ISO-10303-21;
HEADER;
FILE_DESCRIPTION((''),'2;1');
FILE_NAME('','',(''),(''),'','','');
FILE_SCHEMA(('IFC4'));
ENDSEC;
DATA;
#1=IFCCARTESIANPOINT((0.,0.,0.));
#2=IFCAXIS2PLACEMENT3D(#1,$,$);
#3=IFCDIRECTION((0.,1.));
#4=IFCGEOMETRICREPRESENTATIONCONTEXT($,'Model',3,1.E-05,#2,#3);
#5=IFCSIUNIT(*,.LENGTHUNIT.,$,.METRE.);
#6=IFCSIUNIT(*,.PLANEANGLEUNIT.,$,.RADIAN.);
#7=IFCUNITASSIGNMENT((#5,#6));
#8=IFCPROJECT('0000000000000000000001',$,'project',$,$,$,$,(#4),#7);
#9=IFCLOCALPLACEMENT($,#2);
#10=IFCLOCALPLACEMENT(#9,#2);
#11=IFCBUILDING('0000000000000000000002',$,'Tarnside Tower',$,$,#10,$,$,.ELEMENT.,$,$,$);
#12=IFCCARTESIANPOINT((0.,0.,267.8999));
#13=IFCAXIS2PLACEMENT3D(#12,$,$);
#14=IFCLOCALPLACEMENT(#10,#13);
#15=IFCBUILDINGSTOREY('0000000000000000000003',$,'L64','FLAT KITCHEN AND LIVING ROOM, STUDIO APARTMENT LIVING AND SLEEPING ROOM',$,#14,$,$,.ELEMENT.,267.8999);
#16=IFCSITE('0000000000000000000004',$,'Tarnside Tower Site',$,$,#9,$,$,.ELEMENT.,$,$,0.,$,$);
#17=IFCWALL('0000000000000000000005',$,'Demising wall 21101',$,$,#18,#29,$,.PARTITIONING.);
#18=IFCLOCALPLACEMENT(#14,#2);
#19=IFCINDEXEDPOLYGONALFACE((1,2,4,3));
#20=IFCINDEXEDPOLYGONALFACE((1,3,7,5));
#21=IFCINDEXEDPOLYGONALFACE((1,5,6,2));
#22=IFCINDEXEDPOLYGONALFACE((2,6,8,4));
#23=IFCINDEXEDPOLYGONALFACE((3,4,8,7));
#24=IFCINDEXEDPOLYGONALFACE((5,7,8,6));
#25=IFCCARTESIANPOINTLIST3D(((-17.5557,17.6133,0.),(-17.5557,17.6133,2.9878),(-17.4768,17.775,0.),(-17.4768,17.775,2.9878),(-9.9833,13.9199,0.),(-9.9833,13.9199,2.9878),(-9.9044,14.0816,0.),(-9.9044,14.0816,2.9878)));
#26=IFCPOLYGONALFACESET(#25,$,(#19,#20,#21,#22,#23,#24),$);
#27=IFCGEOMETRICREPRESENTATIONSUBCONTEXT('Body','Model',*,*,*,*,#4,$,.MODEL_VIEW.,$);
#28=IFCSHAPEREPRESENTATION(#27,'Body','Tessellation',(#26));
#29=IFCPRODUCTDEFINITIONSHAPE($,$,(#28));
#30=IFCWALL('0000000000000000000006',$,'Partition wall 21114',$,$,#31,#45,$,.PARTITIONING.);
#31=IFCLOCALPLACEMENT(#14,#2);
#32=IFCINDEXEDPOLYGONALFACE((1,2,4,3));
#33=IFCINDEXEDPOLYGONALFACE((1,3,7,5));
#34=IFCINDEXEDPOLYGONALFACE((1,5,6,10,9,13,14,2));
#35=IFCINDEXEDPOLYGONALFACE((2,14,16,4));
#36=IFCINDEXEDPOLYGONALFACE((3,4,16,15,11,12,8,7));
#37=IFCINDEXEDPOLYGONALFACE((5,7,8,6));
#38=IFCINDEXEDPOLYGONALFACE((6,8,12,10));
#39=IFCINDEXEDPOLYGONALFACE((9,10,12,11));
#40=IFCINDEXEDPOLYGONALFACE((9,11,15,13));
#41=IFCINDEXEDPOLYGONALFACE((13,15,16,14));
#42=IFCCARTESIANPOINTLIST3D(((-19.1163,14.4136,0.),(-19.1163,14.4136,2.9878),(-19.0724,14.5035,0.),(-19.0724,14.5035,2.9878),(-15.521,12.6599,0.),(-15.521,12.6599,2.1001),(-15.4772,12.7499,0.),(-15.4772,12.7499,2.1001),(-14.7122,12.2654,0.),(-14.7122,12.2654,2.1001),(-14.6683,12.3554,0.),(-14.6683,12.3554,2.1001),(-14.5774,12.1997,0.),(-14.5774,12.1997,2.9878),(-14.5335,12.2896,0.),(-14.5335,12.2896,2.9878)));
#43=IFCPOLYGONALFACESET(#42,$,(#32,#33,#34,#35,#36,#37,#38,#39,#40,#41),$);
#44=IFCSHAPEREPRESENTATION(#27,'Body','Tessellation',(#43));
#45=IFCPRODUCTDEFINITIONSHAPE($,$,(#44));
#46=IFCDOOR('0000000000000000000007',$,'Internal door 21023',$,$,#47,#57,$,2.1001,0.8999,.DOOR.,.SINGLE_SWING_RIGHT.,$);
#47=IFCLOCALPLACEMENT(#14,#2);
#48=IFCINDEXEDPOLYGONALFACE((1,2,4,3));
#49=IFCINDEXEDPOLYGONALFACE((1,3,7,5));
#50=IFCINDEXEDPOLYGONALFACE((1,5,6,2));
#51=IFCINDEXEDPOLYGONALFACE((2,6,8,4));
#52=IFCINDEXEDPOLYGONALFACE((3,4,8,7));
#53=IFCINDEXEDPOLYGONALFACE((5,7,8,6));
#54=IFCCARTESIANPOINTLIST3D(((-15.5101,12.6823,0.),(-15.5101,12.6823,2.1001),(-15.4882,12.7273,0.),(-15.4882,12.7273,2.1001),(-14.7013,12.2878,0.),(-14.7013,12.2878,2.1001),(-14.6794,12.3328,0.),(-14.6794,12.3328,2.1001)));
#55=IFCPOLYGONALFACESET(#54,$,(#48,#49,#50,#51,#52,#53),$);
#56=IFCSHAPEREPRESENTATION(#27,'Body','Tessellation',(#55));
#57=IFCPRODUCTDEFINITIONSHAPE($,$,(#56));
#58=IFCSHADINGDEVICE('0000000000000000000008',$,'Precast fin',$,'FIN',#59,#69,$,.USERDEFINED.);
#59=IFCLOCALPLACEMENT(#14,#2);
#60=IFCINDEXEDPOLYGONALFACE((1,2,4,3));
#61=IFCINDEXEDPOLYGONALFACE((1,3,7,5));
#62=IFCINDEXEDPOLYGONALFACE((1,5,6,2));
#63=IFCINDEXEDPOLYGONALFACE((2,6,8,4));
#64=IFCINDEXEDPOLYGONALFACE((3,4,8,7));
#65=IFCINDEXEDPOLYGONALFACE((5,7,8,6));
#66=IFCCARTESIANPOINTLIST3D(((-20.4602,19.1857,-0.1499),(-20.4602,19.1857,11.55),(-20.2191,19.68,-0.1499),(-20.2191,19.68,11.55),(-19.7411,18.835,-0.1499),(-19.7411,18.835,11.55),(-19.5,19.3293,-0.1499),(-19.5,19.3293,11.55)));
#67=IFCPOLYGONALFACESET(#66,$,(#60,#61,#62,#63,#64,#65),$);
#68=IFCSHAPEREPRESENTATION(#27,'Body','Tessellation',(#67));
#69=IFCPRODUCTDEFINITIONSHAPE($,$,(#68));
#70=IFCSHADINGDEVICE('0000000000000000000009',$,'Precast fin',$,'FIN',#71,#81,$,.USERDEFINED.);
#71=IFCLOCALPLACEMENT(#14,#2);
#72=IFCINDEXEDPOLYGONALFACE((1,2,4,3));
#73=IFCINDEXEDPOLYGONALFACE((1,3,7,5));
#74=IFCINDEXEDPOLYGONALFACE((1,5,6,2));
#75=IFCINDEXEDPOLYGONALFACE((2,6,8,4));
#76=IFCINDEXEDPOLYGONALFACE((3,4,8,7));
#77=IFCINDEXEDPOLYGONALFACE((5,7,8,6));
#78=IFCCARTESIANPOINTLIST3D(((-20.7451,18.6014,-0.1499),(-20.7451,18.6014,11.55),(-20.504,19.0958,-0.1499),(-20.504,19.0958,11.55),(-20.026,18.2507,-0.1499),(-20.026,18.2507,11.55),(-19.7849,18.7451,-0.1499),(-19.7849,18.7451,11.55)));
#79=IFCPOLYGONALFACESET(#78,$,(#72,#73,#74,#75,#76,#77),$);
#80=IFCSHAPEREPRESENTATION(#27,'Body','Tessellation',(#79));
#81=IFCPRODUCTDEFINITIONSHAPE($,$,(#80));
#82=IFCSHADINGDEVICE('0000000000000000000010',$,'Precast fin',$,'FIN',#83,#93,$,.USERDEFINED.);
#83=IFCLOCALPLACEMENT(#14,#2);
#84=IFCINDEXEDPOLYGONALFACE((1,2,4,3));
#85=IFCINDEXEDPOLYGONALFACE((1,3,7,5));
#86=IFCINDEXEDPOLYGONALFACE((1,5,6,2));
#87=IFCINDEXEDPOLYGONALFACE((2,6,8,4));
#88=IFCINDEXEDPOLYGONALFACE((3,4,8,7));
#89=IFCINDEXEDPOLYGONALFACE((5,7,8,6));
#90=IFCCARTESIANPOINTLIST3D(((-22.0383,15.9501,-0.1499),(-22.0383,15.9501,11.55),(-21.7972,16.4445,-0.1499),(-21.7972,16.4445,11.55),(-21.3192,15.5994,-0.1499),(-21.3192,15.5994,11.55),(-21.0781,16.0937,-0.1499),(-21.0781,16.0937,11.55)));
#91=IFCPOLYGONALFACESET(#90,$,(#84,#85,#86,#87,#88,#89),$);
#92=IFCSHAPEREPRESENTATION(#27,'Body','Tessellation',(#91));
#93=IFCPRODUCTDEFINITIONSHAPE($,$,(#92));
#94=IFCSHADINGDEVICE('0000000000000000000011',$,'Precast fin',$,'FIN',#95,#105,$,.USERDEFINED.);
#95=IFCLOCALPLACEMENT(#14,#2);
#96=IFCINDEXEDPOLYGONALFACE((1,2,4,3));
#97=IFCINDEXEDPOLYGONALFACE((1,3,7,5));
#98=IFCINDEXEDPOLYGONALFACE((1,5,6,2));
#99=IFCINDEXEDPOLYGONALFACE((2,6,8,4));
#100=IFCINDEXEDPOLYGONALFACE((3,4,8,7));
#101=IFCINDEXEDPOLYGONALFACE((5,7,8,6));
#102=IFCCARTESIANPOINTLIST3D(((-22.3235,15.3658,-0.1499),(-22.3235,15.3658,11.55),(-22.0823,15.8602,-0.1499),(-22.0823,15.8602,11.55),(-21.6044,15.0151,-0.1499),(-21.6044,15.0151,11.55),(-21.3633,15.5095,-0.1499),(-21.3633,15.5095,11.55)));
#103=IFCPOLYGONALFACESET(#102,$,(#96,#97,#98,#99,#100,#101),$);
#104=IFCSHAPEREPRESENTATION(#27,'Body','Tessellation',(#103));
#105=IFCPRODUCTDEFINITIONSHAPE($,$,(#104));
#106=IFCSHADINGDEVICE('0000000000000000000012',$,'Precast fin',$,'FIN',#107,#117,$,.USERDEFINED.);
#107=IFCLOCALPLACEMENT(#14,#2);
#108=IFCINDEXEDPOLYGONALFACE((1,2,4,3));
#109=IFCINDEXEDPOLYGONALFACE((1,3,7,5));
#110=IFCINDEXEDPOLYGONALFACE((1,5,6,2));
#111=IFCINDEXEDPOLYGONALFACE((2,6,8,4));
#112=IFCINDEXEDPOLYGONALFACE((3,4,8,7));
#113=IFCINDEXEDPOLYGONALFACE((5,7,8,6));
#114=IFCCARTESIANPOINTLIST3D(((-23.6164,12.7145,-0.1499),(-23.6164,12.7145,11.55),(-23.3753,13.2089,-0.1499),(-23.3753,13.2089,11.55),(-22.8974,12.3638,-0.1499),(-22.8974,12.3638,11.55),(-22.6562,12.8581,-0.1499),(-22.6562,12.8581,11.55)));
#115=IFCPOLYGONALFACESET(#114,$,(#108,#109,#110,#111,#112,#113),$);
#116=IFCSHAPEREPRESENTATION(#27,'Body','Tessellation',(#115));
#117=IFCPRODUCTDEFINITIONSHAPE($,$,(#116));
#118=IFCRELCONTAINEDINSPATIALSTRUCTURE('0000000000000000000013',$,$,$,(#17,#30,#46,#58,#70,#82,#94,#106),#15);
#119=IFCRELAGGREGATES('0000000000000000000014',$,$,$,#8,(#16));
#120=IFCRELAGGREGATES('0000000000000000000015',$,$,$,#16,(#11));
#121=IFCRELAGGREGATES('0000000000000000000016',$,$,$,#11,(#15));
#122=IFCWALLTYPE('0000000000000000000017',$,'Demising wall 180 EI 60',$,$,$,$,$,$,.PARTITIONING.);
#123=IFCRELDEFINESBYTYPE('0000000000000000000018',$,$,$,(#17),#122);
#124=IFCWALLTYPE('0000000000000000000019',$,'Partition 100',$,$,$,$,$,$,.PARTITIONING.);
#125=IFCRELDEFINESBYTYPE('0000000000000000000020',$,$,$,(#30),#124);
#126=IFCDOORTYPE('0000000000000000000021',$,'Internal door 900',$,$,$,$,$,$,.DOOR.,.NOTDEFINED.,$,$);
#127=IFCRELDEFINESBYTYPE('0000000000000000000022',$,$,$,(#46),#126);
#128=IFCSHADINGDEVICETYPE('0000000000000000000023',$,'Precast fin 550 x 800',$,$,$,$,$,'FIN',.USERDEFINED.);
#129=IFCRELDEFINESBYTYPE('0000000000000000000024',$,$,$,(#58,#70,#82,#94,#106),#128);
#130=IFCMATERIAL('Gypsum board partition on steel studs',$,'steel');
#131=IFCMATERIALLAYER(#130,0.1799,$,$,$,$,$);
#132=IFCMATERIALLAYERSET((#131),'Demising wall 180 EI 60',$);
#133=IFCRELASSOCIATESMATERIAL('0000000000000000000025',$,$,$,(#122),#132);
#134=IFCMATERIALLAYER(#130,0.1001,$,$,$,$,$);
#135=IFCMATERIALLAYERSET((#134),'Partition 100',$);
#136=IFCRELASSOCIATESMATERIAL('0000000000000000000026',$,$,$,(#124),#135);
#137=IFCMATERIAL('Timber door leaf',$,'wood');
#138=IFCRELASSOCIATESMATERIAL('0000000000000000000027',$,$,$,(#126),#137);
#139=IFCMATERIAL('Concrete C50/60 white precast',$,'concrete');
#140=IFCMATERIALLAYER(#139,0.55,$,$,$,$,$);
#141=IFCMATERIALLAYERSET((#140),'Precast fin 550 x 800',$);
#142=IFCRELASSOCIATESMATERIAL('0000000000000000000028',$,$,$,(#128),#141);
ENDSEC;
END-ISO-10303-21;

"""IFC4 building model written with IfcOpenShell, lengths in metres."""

from ifc_helpers import new_model, si_unit, direction, frame, frame_2d, origin, place, context, subcontext, project, spatial, polyline, rectangle, outline, extrude, material, layer, layer_set, type_object, element, fill, save


model = new_model("IFC4")

# Units and contexts
model_context = context("Model", 3, precision=1e-05, world=origin(), true_north=direction((0.0, 1.0)))
body_context = subcontext(model_context, "Body", "Model", "MODEL_VIEW")
ifc_project = project(units=[si_unit("LENGTHUNIT", "METRE"), si_unit("PLANEANGLEUNIT", "RADIAN")], contexts=[model_context])

# Site, building, storey
site_placement = place(None, origin())
site = spatial("IfcSite", under=ifc_project, at=site_placement, Name="Tarnside Tower Site", CompositionType="ELEMENT", RefElevation=0.0)
building_placement = place(site_placement, origin())
building = spatial("IfcBuilding", under=site, at=building_placement, Name="Tarnside Tower", CompositionType="ELEMENT")
storey_placement = place(building_placement, frame((0.0, 0.0, 267.8999)))
storey = spatial("IfcBuildingStorey", under=building, at=storey_placement, Name="L64", Description="FLAT KITCHEN AND LIVING ROOM, STUDIO APARTMENT LIVING AND SLEEPING ROOM", CompositionType="ELEMENT", Elevation=267.8999)

# Shared definitions
ifc_material_1 = material(Name="Gypsum board partition on steel studs", Category="steel")
ifc_material_2 = material(Name="Timber door leaf", Category="wood")

# Wall
ifc_layer_1 = layer(ifc_material_1, 0.1799)
ifc_layer_set_1 = layer_set([ifc_layer_1], Name="Demising wall 180 EI 60")
wall_type_1 = type_object("IfcWallType", Name="Demising wall 180 EI 60", PredefinedType="PARTITIONING", material=ifc_layer_set_1)
wall_1_placement = place(storey_placement, frame((-17.5161, 17.6941, 0.0), z_axis=(0.0, 0.0, 1.0), x_axis=(0.898788, -0.438383, 0.0)))
element("IfcWall", 1, at=wall_1_placement, inside=storey, type_object=wall_type_1, Name="Demising wall 21101", PredefinedType="PARTITIONING", context=body_context, shape_type="SweptSolid", body=[
    extrude(rectangle(XDim=8.425, YDim=0.1799, at=frame_2d((4.2124, 0.0))), origin(), (0.0, 0.0, 1.0), 2.9878),
])

# Wall, opening, door
ifc_layer_2 = layer(ifc_material_1, 0.1001)
ifc_layer_set_2 = layer_set([ifc_layer_2], Name="Partition 100")
wall_type_2 = type_object("IfcWallType", Name="Partition 100", PredefinedType="PARTITIONING", material=ifc_layer_set_2)
wall_2_placement = place(storey_placement, frame((-19.0942, 14.4585, 0.0), z_axis=(0.0, 0.0, 1.0), x_axis=(0.898783, -0.438393, 0.0)))
wall_2 = element("IfcWall", 2, at=wall_2_placement, inside=storey, type_object=wall_type_2, Name="Partition wall 21114", PredefinedType="PARTITIONING", context=body_context, shape_type="SweptSolid", body=[
    extrude(rectangle(XDim=5.05, YDim=0.1001, at=frame_2d((2.5249, 0.0))), origin(), (0.0, 0.0, 1.0), 2.9878),
])
opening_1_placement = place(wall_2_placement, frame((4.0, 0.0, 0.0)))
opening_1 = element("IfcOpeningElement", 3, at=opening_1_placement, cuts=wall_2, PredefinedType="OPENING", context=body_context, shape_type="SweptSolid", body=[
    extrude(rectangle(XDim=0.8999, YDim=2.1001, at=frame_2d((0.45, 1.05))), frame((0.0, 0.0601, 0.0), z_axis=(0.0, -1.0, 0.0), x_axis=(1.0, 0.0, 0.0)), (0.0, 0.0, 1.0), 0.1201),
])
door_type_1 = type_object("IfcDoorType", Name="Internal door 900", OperationType="NOTDEFINED", PredefinedType="DOOR", material=ifc_material_2)
door_1_placement = place(opening_1_placement, origin())
door_1 = element("IfcDoor", 4, at=door_1_placement, inside=storey, type_object=door_type_1, Name="Internal door 21023", OperationType="SINGLE_SWING_RIGHT", OverallHeight=2.1001, OverallWidth=0.8999, PredefinedType="DOOR", context=body_context, shape_type="SweptSolid", body=[
    extrude(rectangle(XDim=0.8999, YDim=2.1001, at=frame_2d((0.45, 1.05))), frame((0.0, 0.0249, 0.0), z_axis=(0.0, -1.0, 0.0), x_axis=(1.0, 0.0, 0.0)), (0.0, 0.0, 1.0), 0.05),
])
fill(opening_1, door_1)

# Shading devices
ifc_material_3 = material(Name="Concrete C50/60 white precast", Category="concrete")
ifc_layer_3 = layer(ifc_material_3, 0.55)
ifc_layer_set_3 = layer_set([ifc_layer_3], Name="Precast fin 550 x 800")
shading_device_type = type_object("IfcShadingDeviceType", Name="Precast fin 550 x 800", ElementType="FIN", PredefinedType="USERDEFINED", material=ifc_layer_set_3)
for number, where, z_axis, x_axis, name in (
    (5, (-19.6206, 19.082, -0.1499), (0.438371, 0.898794, 0.0), (-0.898794, 0.438371, 0.0), "Precast fin"),
    (6, (-19.9055, 18.4978, -0.1499), (0.438371, 0.898794, 0.0), (-0.898794, 0.438371, 0.0), "Precast fin"),
    (7, (-21.1987, 15.8464, -0.1499), (0.438371, 0.898794, 0.0), (-0.898794, 0.438371, 0.0), "Precast fin"),
    (8, (-21.4839, 15.2622, -0.1499), (0.438371, 0.898794, 0.0), (-0.898794, 0.438371, 0.0), "Precast fin"),
    (9, (-22.7769, 12.6108, -0.1499), (0.438371, 0.898794, 0.0), (-0.898794, 0.438371, 0.0), "Precast fin"),
):
    element("IfcShadingDevice", number, at=place(storey_placement, frame(where, z_axis=z_axis, x_axis=x_axis)), inside=storey, type_object=shading_device_type, Name=name, ObjectType="FIN", PredefinedType="USERDEFINED", context=body_context, shape_type="SweptSolid", body=[
        extrude(outline(polyline([(0.0, 0.0), (0.8, 0.0), (0.8, 11.7), (0.0, 11.7), (0.0, 0.0)])), frame((0.0, 0.0, -0.2749)), (0.0, 0.0, 1.0), 0.55),
    ])

save(model, "model.ifc")
